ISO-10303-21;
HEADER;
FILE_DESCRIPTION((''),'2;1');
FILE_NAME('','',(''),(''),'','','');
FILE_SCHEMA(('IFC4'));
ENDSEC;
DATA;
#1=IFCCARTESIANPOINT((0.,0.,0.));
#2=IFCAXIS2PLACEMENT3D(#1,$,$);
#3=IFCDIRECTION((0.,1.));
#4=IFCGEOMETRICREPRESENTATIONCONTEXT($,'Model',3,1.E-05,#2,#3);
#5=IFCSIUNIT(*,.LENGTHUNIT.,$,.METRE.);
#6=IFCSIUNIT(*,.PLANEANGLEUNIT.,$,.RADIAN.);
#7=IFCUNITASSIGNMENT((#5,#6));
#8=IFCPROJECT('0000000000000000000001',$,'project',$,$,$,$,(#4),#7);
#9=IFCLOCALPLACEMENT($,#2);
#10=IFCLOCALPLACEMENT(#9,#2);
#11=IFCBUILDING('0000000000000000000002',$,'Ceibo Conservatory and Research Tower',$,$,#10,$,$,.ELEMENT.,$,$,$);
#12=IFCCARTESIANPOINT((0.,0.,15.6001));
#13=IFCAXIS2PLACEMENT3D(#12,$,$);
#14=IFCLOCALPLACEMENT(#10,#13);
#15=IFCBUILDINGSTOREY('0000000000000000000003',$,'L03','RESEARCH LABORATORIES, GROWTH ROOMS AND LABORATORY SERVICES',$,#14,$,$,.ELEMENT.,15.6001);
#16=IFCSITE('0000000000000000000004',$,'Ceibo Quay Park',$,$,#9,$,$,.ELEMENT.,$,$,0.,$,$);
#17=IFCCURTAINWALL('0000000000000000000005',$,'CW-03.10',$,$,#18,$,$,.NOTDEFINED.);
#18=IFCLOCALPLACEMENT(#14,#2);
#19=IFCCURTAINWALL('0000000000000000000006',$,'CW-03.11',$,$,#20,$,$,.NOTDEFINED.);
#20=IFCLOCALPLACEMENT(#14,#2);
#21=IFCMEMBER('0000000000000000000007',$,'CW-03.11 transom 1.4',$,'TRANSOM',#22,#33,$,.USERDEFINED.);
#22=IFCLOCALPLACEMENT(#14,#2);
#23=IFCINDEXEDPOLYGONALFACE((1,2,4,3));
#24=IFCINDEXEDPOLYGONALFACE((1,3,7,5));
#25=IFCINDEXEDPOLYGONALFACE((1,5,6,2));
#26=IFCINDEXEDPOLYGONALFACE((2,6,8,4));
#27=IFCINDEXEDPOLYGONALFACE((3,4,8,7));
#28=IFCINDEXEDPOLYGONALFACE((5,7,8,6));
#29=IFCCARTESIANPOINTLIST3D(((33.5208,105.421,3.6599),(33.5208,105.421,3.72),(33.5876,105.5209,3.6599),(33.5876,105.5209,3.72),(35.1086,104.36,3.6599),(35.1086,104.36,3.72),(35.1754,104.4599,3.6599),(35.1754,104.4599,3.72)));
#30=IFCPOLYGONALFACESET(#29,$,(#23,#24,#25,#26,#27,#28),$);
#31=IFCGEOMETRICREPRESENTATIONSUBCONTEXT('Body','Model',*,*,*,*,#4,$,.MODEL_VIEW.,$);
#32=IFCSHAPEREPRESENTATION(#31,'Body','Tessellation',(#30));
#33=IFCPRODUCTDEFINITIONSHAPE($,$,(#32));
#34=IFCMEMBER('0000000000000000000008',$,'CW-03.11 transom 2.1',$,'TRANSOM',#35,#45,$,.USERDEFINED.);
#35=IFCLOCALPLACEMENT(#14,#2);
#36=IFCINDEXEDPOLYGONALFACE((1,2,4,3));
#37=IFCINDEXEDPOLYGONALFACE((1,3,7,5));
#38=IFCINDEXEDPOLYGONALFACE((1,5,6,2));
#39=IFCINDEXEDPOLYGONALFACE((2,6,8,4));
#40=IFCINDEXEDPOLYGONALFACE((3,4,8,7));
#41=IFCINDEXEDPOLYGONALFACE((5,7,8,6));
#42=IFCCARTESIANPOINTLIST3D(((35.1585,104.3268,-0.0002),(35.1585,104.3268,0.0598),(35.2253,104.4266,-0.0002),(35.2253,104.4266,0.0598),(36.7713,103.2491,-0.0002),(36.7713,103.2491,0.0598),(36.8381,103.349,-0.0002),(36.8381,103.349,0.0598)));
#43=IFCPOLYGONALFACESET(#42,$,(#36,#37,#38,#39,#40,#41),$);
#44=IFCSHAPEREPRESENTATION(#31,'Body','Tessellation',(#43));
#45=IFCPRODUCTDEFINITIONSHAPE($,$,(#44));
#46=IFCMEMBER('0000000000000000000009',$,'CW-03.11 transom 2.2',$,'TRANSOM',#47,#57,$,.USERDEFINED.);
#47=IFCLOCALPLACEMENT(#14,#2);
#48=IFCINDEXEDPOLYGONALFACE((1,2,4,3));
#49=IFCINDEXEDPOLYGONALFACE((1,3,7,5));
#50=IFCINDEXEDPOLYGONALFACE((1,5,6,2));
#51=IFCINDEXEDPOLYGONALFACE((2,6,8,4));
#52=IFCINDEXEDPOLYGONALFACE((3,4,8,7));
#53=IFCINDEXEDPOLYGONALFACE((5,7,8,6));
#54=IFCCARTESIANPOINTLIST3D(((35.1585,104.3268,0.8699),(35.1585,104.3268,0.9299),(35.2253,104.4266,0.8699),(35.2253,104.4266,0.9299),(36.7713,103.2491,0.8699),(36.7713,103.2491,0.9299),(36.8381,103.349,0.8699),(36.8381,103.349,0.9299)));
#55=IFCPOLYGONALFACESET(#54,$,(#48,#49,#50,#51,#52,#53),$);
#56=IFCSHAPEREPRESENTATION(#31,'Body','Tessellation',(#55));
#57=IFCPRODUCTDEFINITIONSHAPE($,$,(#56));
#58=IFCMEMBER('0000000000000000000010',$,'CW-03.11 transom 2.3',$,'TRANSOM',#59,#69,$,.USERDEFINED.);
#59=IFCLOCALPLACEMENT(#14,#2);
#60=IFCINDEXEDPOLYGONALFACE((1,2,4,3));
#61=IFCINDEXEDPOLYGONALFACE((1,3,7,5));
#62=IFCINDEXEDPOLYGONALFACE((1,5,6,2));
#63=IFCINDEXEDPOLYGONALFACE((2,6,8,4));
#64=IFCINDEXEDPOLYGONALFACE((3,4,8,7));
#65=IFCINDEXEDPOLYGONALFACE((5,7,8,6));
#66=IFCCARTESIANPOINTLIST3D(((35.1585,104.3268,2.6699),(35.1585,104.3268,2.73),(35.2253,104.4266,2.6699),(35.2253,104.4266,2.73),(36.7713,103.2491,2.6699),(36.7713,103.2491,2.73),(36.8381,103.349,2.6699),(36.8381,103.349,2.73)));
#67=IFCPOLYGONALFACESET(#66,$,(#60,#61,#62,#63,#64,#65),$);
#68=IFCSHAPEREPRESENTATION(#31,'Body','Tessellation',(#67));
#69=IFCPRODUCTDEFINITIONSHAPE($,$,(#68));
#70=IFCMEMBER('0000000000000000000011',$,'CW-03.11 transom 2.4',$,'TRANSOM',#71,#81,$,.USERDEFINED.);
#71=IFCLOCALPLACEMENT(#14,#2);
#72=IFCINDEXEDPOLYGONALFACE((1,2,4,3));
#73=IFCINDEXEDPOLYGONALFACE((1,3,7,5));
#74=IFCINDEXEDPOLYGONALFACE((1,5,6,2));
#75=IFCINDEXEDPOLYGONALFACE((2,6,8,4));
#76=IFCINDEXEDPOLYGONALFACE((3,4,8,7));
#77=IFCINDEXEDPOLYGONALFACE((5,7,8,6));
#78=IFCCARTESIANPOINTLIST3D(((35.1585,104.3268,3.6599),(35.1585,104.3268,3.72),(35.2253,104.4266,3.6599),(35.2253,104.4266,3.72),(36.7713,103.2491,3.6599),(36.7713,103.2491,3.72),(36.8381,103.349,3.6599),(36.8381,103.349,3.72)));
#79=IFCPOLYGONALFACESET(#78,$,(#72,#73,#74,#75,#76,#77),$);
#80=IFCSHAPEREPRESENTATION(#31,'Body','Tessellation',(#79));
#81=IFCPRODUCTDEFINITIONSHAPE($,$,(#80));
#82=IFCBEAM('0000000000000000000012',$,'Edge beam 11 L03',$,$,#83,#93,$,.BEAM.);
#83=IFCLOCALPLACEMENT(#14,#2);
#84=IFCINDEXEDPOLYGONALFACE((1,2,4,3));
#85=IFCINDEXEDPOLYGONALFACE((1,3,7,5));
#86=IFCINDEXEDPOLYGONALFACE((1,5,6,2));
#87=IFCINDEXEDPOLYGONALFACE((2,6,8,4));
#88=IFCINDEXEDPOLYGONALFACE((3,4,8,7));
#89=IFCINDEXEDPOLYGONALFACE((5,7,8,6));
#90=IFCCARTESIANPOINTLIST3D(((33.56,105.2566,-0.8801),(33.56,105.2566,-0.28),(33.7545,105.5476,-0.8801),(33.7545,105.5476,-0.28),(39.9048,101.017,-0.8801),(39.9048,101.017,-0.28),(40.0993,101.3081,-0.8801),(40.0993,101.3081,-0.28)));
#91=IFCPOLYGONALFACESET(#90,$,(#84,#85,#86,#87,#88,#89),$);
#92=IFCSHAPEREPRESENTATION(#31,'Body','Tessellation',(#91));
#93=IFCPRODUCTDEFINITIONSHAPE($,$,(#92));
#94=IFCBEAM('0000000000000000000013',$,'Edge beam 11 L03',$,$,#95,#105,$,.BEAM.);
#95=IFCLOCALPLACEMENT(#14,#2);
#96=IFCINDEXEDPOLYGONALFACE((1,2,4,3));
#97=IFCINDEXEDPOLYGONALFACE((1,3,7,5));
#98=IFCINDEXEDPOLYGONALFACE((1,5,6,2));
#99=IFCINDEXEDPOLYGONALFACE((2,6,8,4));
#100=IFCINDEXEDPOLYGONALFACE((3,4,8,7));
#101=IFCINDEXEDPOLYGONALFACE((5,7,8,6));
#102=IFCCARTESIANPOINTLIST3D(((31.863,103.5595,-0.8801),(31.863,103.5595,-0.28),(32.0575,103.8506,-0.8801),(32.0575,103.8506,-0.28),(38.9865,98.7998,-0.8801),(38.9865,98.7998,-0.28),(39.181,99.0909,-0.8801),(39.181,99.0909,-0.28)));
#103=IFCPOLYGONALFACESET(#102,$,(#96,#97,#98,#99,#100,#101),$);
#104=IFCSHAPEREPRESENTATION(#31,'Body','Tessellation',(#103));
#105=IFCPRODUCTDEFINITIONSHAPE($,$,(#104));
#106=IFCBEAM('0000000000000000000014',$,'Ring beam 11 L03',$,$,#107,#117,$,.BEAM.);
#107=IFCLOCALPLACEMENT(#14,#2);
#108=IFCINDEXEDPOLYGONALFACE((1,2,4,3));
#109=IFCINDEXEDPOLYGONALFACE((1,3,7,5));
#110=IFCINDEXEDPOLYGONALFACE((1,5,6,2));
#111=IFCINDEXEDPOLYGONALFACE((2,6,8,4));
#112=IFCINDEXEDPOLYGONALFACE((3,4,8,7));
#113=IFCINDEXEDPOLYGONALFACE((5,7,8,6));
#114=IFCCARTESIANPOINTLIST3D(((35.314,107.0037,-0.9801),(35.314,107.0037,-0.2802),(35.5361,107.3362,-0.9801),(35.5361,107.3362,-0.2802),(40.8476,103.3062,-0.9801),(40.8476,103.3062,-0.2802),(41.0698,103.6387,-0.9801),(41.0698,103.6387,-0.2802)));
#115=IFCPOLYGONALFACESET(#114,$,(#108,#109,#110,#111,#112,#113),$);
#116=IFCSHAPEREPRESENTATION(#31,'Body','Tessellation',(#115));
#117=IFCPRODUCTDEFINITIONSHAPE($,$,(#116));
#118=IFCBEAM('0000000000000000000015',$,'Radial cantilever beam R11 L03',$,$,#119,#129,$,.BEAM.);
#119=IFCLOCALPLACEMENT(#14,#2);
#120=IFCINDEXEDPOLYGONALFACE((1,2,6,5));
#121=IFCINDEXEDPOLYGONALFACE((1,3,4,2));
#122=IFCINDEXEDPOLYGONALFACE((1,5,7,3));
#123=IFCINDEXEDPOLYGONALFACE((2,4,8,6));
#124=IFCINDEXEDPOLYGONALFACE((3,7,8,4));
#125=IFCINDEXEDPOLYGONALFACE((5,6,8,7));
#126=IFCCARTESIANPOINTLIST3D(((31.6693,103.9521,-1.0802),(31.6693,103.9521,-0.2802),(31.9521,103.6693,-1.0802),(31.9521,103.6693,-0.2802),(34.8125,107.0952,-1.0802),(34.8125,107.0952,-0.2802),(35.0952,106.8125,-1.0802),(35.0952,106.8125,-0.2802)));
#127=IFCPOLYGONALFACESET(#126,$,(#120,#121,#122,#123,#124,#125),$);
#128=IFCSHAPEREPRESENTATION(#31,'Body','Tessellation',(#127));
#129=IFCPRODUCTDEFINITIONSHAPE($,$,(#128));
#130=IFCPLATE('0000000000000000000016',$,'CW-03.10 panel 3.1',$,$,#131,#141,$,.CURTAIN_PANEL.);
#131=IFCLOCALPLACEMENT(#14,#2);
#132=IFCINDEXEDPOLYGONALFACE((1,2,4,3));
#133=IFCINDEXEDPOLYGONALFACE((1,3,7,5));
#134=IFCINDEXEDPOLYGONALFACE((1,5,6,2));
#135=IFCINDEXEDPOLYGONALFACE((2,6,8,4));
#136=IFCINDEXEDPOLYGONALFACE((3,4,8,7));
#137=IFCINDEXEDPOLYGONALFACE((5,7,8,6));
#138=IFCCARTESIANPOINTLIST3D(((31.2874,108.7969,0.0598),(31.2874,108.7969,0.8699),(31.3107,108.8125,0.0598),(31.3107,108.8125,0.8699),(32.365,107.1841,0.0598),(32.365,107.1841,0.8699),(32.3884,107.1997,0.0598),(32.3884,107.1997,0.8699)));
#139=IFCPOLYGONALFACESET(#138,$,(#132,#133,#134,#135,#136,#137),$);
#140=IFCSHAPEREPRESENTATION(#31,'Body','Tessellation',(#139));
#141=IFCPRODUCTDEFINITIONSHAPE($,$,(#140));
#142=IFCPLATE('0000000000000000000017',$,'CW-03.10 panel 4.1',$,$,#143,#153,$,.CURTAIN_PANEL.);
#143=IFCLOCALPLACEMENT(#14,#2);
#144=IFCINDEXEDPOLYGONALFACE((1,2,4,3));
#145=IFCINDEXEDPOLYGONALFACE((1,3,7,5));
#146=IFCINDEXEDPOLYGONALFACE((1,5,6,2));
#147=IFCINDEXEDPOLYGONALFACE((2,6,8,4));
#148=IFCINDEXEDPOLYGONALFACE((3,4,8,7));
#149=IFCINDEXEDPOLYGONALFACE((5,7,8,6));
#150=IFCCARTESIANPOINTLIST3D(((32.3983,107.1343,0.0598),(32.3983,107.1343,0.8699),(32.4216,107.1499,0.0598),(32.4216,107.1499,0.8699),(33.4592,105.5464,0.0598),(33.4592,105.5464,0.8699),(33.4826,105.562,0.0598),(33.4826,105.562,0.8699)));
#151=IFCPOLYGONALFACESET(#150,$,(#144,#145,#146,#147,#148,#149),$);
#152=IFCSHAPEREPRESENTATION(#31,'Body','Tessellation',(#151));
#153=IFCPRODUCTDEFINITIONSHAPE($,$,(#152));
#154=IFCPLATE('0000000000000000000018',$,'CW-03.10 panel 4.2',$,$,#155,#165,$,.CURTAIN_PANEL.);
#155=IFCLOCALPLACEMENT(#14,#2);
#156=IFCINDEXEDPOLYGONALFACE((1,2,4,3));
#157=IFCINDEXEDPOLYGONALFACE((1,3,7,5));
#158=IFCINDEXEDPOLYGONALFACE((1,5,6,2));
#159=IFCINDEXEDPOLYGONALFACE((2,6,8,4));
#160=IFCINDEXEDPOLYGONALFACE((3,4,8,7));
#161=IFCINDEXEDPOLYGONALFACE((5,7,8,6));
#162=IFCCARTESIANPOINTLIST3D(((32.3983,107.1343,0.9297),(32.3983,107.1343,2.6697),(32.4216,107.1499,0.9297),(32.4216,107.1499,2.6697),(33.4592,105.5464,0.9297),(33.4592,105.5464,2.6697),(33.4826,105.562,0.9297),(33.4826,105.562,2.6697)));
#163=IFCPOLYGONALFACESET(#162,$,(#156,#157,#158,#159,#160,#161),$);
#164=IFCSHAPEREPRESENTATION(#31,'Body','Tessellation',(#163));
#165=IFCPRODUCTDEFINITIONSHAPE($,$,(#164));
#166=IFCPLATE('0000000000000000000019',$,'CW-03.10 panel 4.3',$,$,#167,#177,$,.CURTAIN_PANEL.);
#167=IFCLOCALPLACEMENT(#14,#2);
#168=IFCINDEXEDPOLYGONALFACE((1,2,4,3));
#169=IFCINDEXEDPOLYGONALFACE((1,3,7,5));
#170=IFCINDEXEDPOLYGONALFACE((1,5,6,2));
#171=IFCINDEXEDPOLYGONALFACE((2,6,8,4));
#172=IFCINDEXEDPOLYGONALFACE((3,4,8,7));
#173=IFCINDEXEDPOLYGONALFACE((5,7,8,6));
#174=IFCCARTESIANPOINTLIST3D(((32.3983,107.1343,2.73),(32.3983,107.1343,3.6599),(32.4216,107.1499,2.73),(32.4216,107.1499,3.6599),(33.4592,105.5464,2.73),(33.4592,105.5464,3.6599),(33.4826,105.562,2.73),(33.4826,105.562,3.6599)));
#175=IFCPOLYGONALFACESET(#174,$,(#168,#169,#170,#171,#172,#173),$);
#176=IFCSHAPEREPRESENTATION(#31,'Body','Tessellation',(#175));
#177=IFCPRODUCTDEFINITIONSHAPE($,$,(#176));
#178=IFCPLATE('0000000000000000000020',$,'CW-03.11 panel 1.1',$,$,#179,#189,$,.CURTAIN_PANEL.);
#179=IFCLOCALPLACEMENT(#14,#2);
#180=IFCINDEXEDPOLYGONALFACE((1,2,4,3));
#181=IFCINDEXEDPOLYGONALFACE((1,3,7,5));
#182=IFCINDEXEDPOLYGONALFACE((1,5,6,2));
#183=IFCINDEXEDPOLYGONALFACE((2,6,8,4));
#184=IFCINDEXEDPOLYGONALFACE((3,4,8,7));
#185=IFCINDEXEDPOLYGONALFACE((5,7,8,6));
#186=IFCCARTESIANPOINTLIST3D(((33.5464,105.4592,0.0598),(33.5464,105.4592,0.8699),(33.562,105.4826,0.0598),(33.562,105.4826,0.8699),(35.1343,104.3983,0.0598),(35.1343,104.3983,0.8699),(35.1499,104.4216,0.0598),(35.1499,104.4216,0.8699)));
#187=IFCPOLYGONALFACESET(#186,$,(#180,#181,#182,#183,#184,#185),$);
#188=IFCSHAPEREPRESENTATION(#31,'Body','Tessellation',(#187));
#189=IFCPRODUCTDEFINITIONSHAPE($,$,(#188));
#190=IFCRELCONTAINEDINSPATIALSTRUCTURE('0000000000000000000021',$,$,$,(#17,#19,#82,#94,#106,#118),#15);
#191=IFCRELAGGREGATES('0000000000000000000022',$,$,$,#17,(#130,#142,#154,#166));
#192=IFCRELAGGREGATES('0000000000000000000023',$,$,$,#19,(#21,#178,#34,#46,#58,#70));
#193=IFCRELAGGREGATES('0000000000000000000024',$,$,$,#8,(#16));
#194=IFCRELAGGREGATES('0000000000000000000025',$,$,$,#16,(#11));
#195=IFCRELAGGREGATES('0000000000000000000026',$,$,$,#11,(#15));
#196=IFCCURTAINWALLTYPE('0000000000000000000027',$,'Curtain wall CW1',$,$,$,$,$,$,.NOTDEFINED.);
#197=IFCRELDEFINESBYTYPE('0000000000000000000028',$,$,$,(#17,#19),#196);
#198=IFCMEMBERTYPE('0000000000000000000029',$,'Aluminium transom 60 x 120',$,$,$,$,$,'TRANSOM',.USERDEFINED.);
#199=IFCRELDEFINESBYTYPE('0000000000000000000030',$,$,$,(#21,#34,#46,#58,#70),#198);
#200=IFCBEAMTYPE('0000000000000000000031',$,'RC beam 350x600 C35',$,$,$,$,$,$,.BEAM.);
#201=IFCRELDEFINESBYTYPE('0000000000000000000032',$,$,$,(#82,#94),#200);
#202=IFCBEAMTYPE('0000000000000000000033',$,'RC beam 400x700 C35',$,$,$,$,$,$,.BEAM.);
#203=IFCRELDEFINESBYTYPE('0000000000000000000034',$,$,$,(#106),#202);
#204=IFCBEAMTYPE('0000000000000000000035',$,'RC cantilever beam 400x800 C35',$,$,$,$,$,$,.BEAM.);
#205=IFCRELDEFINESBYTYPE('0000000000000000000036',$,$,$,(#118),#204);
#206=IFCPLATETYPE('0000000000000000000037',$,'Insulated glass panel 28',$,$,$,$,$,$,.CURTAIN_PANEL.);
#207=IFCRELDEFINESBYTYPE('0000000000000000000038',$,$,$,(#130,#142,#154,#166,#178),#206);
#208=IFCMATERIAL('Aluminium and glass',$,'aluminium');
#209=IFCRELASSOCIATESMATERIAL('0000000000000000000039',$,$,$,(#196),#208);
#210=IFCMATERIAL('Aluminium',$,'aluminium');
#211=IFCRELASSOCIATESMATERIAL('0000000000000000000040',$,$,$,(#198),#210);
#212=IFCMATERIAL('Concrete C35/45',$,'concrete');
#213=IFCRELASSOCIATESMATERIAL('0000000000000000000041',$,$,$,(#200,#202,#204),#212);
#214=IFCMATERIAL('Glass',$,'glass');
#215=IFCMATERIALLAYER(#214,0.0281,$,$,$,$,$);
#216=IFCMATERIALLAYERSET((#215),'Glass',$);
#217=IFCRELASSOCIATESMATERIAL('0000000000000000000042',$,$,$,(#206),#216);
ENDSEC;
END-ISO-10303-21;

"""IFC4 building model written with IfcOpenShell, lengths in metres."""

from ifc_helpers import new_model, si_unit, direction, frame, origin, origin_2d, place, context, subcontext, project, spatial, rectangle, extrude, material, layer, layer_set, material_profile, profile_set, type_object, element, aggregate, save


model = new_model("IFC4")

# Units and contexts
model_context = context("Model", 3, precision=1e-05, world=origin(), true_north=direction((0.0, 1.0)))
body_context = subcontext(model_context, "Body", "Model", "MODEL_VIEW")
ifc_project = project(units=[si_unit("LENGTHUNIT", "METRE"), si_unit("PLANEANGLEUNIT", "RADIAN")], contexts=[model_context])

# Site, building, storey
site_placement = place(None, origin())
site = spatial("IfcSite", under=ifc_project, at=site_placement, Name="Ceibo Quay Park", CompositionType="ELEMENT", RefElevation=0.0)
building_placement = place(site_placement, origin())
building = spatial("IfcBuilding", under=site, at=building_placement, Name="Ceibo Conservatory and Research Tower", CompositionType="ELEMENT")
storey_placement = place(building_placement, frame((0.0, 0.0, 15.6001)))
storey = spatial("IfcBuildingStorey", under=building, at=storey_placement, Name="L03", Description="RESEARCH LABORATORIES, GROWTH ROOMS AND LABORATORY SERVICES", CompositionType="ELEMENT", Elevation=15.6001)

# Shared definitions
ifc_material_1 = material(Name="Concrete C35/45", Category="concrete")

# Curtain walls
ifc_material_2 = material(Name="Aluminium and glass", Category="aluminium")
curtain_wall_type = type_object("IfcCurtainWallType", Name="Curtain wall CW1", PredefinedType="NOTDEFINED", material=ifc_material_2)
curtain_wall_1_placement = place(storey_placement, origin())
curtain_wall_1 = element("IfcCurtainWall", 1, at=curtain_wall_1_placement, inside=storey, type_object=curtain_wall_type, Name="CW-03.10", PredefinedType="NOTDEFINED")
ifc_material_3 = material(Name="Aluminium", Category="aluminium")
curtain_wall_2_placement = place(storey_placement, origin())
curtain_wall_2 = element("IfcCurtainWall", 2, at=curtain_wall_2_placement, inside=storey, type_object=curtain_wall_type, Name="CW-03.11", PredefinedType="NOTDEFINED")

# Members
ifc_material_profile_1 = material_profile(ifc_material_3, rectangle(XDim=0.1201, YDim=0.0601, at=origin_2d()), Name="Aluminium 60 x 120")
ifc_profile_set_1 = profile_set([ifc_material_profile_1], Name="Aluminium")
member_type_1 = type_object("IfcMemberType", Name="Aluminium transom 60 x 120", ElementType="TRANSOM", PredefinedType="USERDEFINED", material=ifc_profile_set_1)
member_1_placement = place(storey_placement, frame((33.5542, 105.4709, 3.6899), z_axis=(0.83146, -0.555585, 0.0), x_axis=(0.555585, 0.83146, 0.0)))
member_1 = element("IfcMember", 3, at=member_1_placement, type_object=member_type_1, Name="CW-03.11 transom 1.4", ObjectType="TRANSOM", PredefinedType="USERDEFINED", context=body_context, shape_type="SweptSolid", body=[
    extrude(rectangle(XDim=0.1201, YDim=0.0601, at=origin_2d()), origin(), (0.0, 0.0, 1.0), 1.9097),
])
member_2_placement = place(storey_placement, frame((35.1919, 104.3767, 0.0298), z_axis=(0.831469, -0.555571, 0.0), x_axis=(0.555571, 0.831469, 0.0)))
member_2 = element("IfcMember", 4, at=member_2_placement, type_object=member_type_1, Name="CW-03.11 transom 2.1", ObjectType="TRANSOM", PredefinedType="USERDEFINED", context=body_context, shape_type="SweptSolid", body=[
    extrude(rectangle(XDim=0.1201, YDim=0.0601, at=origin_2d()), origin(), (0.0, 0.0, 1.0), 1.9397),
])
member_3_placement = place(storey_placement, frame((35.1919, 104.3767, 0.8999), z_axis=(0.831469, -0.555571, 0.0), x_axis=(0.555571, 0.831469, 0.0)))
member_3 = element("IfcMember", 5, at=member_3_placement, type_object=member_type_1, Name="CW-03.11 transom 2.2", ObjectType="TRANSOM", PredefinedType="USERDEFINED", context=body_context, shape_type="SweptSolid", body=[
    extrude(rectangle(XDim=0.1201, YDim=0.0601, at=origin_2d()), origin(), (0.0, 0.0, 1.0), 1.9397),
])
member_4_placement = place(storey_placement, frame((35.1919, 104.3767, 2.7), z_axis=(0.831469, -0.555571, 0.0), x_axis=(0.555571, 0.831469, 0.0)))
member_4 = element("IfcMember", 6, at=member_4_placement, type_object=member_type_1, Name="CW-03.11 transom 2.3", ObjectType="TRANSOM", PredefinedType="USERDEFINED", context=body_context, shape_type="SweptSolid", body=[
    extrude(rectangle(XDim=0.1201, YDim=0.0601, at=origin_2d()), origin(), (0.0, 0.0, 1.0), 1.9397),
])
member_5_placement = place(storey_placement, frame((35.1919, 104.3767, 3.6899), z_axis=(0.831469, -0.555571, 0.0), x_axis=(0.555571, 0.831469, 0.0)))
member_5 = element("IfcMember", 7, at=member_5_placement, type_object=member_type_1, Name="CW-03.11 transom 2.4", ObjectType="TRANSOM", PredefinedType="USERDEFINED", context=body_context, shape_type="SweptSolid", body=[
    extrude(rectangle(XDim=0.1201, YDim=0.0601, at=origin_2d()), origin(), (0.0, 0.0, 1.0), 1.9397),
])

# Beams
ifc_material_profile_2 = material_profile(ifc_material_1, rectangle(XDim=0.3501, YDim=0.6001, at=origin_2d()), Name="RC 350x600")
ifc_profile_set_2 = profile_set([ifc_material_profile_2], Name="Concrete C35/45")
beam_type_1 = type_object("IfcBeamType", Name="RC beam 350x600 C35", PredefinedType="BEAM", material=ifc_profile_set_2)
beam_1_placement = place(storey_placement, frame((33.6572, 105.4021, -0.5801), z_axis=(0.831464, -0.555578, 0.0), x_axis=(0.555578, 0.831464, 0.0)))
element("IfcBeam", 8, at=beam_1_placement, inside=storey, type_object=beam_type_1, Name="Edge beam 11 L03", PredefinedType="BEAM", context=body_context, shape_type="SweptSolid", body=[
    extrude(rectangle(XDim=0.3501, YDim=0.6001, at=origin_2d()), origin(), (0.0, 0.0, 1.0), 7.6309),
])
beam_2_placement = place(storey_placement, frame((31.9602, 103.7051, -0.5801), z_axis=(0.831471, -0.555568, 0.0), x_axis=(0.555568, 0.831471, 0.0)))
element("IfcBeam", 9, at=beam_2_placement, inside=storey, type_object=beam_type_1, Name="Edge beam 11 L03", PredefinedType="BEAM", context=body_context, shape_type="SweptSolid", body=[
    extrude(rectangle(XDim=0.3501, YDim=0.6001, at=origin_2d()), origin(), (0.0, 0.0, 1.0), 8.5674),
])
ifc_material_profile_3 = material_profile(ifc_material_1, rectangle(XDim=0.3999, YDim=0.7, at=origin_2d()), Name="RC 400x700")
ifc_profile_set_3 = profile_set([ifc_material_profile_3], Name="Concrete C35/45")
beam_type_2 = type_object("IfcBeamType", Name="RC beam 400x700 C35", PredefinedType="BEAM", material=ifc_profile_set_3)
beam_3_placement = place(storey_placement, frame((35.425, 107.1699, -0.6301), z_axis=(0.831469, -0.555572, 0.0), x_axis=(0.555572, 0.831469, 0.0)))
element("IfcBeam", 10, at=beam_3_placement, inside=storey, type_object=beam_type_2, Name="Ring beam 11 L03", PredefinedType="BEAM", context=body_context, shape_type="SweptSolid", body=[
    extrude(rectangle(XDim=0.3999, YDim=0.7, at=origin_2d()), origin(), (0.0, 0.0, 1.0), 6.6553),
])
ifc_material_profile_4 = material_profile(ifc_material_1, rectangle(XDim=0.3999, YDim=0.8, at=origin_2d()), Name="RC 400x800")
ifc_profile_set_4 = profile_set([ifc_material_profile_4], Name="Concrete C35/45")
beam_type_3 = type_object("IfcBeamType", Name="RC cantilever beam 400x800 C35", PredefinedType="BEAM", material=ifc_profile_set_4)
beam_4_placement = place(storey_placement, frame((34.9539, 106.9539, -0.6802), z_axis=(-0.707107, -0.707107, 0.0), x_axis=(0.707107, -0.707107, 0.0)))
element("IfcBeam", 11, at=beam_4_placement, inside=storey, type_object=beam_type_3, Name="Radial cantilever beam R11 L03", PredefinedType="BEAM", context=body_context, shape_type="SweptSolid", body=[
    extrude(rectangle(XDim=0.3999, YDim=0.8, at=origin_2d()), origin(), (0.0, 0.0, 1.0), 4.4451),
])

# Plates
ifc_material_4 = material(Name="Glass", Category="glass")
ifc_layer_1 = layer(ifc_material_4, 0.0281)
ifc_layer_set_1 = layer_set([ifc_layer_1], Name="Glass")
plate_type = type_object("IfcPlateType", Name="Insulated glass panel 28", PredefinedType="CURTAIN_PANEL", material=ifc_layer_set_1)
plate_1_placement = place(storey_placement, frame((31.8379, 107.9983, 0.0598), z_axis=(0.0, 0.0, 1.0), x_axis=(0.55557, -0.83147, 0.0)))
plate_1 = element("IfcPlate", 12, at=plate_1_placement, type_object=plate_type, Name="CW-03.10 panel 3.1", PredefinedType="CURTAIN_PANEL", context=body_context, shape_type="SweptSolid", body=[
    extrude(rectangle(XDim=1.9397, YDim=0.0281, at=origin_2d()), origin(), (0.0, 0.0, 1.0), 0.8101),
])
plate_2_placement = place(storey_placement, frame((32.9404, 106.3481, 0.0598), z_axis=(0.0, 0.0, 1.0), x_axis=(0.55557, -0.83147, 0.0)))
plate_2 = element("IfcPlate", 13, at=plate_2_placement, type_object=plate_type, Name="CW-03.10 panel 4.1", PredefinedType="CURTAIN_PANEL", context=body_context, shape_type="SweptSolid", body=[
    extrude(rectangle(XDim=1.9097, YDim=0.0281, at=origin_2d()), origin(), (0.0, 0.0, 1.0), 0.8101),
])
plate_3_placement = place(storey_placement, frame((32.9404, 106.3481, 0.9297), z_axis=(0.0, 0.0, 1.0), x_axis=(0.55557, -0.83147, 0.0)))
plate_3 = element("IfcPlate", 14, at=plate_3_placement, type_object=plate_type, Name="CW-03.10 panel 4.2", PredefinedType="CURTAIN_PANEL", context=body_context, shape_type="SweptSolid", body=[
    extrude(rectangle(XDim=1.9097, YDim=0.0281, at=origin_2d()), origin(), (0.0, 0.0, 1.0), 1.74),
])
plate_4_placement = place(storey_placement, frame((32.9404, 106.3481, 2.73), z_axis=(0.0, 0.0, 1.0), x_axis=(0.55557, -0.83147, 0.0)))
plate_4 = element("IfcPlate", 15, at=plate_4_placement, type_object=plate_type, Name="CW-03.10 panel 4.3", PredefinedType="CURTAIN_PANEL", context=body_context, shape_type="SweptSolid", body=[
    extrude(rectangle(XDim=1.9097, YDim=0.0281, at=origin_2d()), origin(), (0.0, 0.0, 1.0), 0.9299),
])
aggregate(curtain_wall_1, [plate_1, plate_2, plate_3, plate_4])
plate_5_placement = place(storey_placement, frame((34.3481, 104.9404, 0.0598), z_axis=(0.0, 0.0, 1.0), x_axis=(0.83147, -0.55557, 0.0)))
plate_5 = element("IfcPlate", 16, at=plate_5_placement, type_object=plate_type, Name="CW-03.11 panel 1.1", PredefinedType="CURTAIN_PANEL", context=body_context, shape_type="SweptSolid", body=[
    extrude(rectangle(XDim=1.9097, YDim=0.0281, at=origin_2d()), origin(), (0.0, 0.0, 1.0), 0.8101),
])
aggregate(curtain_wall_2, [member_1, plate_5, member_2, member_3, member_4, member_5])

save(model, "model.ifc")
